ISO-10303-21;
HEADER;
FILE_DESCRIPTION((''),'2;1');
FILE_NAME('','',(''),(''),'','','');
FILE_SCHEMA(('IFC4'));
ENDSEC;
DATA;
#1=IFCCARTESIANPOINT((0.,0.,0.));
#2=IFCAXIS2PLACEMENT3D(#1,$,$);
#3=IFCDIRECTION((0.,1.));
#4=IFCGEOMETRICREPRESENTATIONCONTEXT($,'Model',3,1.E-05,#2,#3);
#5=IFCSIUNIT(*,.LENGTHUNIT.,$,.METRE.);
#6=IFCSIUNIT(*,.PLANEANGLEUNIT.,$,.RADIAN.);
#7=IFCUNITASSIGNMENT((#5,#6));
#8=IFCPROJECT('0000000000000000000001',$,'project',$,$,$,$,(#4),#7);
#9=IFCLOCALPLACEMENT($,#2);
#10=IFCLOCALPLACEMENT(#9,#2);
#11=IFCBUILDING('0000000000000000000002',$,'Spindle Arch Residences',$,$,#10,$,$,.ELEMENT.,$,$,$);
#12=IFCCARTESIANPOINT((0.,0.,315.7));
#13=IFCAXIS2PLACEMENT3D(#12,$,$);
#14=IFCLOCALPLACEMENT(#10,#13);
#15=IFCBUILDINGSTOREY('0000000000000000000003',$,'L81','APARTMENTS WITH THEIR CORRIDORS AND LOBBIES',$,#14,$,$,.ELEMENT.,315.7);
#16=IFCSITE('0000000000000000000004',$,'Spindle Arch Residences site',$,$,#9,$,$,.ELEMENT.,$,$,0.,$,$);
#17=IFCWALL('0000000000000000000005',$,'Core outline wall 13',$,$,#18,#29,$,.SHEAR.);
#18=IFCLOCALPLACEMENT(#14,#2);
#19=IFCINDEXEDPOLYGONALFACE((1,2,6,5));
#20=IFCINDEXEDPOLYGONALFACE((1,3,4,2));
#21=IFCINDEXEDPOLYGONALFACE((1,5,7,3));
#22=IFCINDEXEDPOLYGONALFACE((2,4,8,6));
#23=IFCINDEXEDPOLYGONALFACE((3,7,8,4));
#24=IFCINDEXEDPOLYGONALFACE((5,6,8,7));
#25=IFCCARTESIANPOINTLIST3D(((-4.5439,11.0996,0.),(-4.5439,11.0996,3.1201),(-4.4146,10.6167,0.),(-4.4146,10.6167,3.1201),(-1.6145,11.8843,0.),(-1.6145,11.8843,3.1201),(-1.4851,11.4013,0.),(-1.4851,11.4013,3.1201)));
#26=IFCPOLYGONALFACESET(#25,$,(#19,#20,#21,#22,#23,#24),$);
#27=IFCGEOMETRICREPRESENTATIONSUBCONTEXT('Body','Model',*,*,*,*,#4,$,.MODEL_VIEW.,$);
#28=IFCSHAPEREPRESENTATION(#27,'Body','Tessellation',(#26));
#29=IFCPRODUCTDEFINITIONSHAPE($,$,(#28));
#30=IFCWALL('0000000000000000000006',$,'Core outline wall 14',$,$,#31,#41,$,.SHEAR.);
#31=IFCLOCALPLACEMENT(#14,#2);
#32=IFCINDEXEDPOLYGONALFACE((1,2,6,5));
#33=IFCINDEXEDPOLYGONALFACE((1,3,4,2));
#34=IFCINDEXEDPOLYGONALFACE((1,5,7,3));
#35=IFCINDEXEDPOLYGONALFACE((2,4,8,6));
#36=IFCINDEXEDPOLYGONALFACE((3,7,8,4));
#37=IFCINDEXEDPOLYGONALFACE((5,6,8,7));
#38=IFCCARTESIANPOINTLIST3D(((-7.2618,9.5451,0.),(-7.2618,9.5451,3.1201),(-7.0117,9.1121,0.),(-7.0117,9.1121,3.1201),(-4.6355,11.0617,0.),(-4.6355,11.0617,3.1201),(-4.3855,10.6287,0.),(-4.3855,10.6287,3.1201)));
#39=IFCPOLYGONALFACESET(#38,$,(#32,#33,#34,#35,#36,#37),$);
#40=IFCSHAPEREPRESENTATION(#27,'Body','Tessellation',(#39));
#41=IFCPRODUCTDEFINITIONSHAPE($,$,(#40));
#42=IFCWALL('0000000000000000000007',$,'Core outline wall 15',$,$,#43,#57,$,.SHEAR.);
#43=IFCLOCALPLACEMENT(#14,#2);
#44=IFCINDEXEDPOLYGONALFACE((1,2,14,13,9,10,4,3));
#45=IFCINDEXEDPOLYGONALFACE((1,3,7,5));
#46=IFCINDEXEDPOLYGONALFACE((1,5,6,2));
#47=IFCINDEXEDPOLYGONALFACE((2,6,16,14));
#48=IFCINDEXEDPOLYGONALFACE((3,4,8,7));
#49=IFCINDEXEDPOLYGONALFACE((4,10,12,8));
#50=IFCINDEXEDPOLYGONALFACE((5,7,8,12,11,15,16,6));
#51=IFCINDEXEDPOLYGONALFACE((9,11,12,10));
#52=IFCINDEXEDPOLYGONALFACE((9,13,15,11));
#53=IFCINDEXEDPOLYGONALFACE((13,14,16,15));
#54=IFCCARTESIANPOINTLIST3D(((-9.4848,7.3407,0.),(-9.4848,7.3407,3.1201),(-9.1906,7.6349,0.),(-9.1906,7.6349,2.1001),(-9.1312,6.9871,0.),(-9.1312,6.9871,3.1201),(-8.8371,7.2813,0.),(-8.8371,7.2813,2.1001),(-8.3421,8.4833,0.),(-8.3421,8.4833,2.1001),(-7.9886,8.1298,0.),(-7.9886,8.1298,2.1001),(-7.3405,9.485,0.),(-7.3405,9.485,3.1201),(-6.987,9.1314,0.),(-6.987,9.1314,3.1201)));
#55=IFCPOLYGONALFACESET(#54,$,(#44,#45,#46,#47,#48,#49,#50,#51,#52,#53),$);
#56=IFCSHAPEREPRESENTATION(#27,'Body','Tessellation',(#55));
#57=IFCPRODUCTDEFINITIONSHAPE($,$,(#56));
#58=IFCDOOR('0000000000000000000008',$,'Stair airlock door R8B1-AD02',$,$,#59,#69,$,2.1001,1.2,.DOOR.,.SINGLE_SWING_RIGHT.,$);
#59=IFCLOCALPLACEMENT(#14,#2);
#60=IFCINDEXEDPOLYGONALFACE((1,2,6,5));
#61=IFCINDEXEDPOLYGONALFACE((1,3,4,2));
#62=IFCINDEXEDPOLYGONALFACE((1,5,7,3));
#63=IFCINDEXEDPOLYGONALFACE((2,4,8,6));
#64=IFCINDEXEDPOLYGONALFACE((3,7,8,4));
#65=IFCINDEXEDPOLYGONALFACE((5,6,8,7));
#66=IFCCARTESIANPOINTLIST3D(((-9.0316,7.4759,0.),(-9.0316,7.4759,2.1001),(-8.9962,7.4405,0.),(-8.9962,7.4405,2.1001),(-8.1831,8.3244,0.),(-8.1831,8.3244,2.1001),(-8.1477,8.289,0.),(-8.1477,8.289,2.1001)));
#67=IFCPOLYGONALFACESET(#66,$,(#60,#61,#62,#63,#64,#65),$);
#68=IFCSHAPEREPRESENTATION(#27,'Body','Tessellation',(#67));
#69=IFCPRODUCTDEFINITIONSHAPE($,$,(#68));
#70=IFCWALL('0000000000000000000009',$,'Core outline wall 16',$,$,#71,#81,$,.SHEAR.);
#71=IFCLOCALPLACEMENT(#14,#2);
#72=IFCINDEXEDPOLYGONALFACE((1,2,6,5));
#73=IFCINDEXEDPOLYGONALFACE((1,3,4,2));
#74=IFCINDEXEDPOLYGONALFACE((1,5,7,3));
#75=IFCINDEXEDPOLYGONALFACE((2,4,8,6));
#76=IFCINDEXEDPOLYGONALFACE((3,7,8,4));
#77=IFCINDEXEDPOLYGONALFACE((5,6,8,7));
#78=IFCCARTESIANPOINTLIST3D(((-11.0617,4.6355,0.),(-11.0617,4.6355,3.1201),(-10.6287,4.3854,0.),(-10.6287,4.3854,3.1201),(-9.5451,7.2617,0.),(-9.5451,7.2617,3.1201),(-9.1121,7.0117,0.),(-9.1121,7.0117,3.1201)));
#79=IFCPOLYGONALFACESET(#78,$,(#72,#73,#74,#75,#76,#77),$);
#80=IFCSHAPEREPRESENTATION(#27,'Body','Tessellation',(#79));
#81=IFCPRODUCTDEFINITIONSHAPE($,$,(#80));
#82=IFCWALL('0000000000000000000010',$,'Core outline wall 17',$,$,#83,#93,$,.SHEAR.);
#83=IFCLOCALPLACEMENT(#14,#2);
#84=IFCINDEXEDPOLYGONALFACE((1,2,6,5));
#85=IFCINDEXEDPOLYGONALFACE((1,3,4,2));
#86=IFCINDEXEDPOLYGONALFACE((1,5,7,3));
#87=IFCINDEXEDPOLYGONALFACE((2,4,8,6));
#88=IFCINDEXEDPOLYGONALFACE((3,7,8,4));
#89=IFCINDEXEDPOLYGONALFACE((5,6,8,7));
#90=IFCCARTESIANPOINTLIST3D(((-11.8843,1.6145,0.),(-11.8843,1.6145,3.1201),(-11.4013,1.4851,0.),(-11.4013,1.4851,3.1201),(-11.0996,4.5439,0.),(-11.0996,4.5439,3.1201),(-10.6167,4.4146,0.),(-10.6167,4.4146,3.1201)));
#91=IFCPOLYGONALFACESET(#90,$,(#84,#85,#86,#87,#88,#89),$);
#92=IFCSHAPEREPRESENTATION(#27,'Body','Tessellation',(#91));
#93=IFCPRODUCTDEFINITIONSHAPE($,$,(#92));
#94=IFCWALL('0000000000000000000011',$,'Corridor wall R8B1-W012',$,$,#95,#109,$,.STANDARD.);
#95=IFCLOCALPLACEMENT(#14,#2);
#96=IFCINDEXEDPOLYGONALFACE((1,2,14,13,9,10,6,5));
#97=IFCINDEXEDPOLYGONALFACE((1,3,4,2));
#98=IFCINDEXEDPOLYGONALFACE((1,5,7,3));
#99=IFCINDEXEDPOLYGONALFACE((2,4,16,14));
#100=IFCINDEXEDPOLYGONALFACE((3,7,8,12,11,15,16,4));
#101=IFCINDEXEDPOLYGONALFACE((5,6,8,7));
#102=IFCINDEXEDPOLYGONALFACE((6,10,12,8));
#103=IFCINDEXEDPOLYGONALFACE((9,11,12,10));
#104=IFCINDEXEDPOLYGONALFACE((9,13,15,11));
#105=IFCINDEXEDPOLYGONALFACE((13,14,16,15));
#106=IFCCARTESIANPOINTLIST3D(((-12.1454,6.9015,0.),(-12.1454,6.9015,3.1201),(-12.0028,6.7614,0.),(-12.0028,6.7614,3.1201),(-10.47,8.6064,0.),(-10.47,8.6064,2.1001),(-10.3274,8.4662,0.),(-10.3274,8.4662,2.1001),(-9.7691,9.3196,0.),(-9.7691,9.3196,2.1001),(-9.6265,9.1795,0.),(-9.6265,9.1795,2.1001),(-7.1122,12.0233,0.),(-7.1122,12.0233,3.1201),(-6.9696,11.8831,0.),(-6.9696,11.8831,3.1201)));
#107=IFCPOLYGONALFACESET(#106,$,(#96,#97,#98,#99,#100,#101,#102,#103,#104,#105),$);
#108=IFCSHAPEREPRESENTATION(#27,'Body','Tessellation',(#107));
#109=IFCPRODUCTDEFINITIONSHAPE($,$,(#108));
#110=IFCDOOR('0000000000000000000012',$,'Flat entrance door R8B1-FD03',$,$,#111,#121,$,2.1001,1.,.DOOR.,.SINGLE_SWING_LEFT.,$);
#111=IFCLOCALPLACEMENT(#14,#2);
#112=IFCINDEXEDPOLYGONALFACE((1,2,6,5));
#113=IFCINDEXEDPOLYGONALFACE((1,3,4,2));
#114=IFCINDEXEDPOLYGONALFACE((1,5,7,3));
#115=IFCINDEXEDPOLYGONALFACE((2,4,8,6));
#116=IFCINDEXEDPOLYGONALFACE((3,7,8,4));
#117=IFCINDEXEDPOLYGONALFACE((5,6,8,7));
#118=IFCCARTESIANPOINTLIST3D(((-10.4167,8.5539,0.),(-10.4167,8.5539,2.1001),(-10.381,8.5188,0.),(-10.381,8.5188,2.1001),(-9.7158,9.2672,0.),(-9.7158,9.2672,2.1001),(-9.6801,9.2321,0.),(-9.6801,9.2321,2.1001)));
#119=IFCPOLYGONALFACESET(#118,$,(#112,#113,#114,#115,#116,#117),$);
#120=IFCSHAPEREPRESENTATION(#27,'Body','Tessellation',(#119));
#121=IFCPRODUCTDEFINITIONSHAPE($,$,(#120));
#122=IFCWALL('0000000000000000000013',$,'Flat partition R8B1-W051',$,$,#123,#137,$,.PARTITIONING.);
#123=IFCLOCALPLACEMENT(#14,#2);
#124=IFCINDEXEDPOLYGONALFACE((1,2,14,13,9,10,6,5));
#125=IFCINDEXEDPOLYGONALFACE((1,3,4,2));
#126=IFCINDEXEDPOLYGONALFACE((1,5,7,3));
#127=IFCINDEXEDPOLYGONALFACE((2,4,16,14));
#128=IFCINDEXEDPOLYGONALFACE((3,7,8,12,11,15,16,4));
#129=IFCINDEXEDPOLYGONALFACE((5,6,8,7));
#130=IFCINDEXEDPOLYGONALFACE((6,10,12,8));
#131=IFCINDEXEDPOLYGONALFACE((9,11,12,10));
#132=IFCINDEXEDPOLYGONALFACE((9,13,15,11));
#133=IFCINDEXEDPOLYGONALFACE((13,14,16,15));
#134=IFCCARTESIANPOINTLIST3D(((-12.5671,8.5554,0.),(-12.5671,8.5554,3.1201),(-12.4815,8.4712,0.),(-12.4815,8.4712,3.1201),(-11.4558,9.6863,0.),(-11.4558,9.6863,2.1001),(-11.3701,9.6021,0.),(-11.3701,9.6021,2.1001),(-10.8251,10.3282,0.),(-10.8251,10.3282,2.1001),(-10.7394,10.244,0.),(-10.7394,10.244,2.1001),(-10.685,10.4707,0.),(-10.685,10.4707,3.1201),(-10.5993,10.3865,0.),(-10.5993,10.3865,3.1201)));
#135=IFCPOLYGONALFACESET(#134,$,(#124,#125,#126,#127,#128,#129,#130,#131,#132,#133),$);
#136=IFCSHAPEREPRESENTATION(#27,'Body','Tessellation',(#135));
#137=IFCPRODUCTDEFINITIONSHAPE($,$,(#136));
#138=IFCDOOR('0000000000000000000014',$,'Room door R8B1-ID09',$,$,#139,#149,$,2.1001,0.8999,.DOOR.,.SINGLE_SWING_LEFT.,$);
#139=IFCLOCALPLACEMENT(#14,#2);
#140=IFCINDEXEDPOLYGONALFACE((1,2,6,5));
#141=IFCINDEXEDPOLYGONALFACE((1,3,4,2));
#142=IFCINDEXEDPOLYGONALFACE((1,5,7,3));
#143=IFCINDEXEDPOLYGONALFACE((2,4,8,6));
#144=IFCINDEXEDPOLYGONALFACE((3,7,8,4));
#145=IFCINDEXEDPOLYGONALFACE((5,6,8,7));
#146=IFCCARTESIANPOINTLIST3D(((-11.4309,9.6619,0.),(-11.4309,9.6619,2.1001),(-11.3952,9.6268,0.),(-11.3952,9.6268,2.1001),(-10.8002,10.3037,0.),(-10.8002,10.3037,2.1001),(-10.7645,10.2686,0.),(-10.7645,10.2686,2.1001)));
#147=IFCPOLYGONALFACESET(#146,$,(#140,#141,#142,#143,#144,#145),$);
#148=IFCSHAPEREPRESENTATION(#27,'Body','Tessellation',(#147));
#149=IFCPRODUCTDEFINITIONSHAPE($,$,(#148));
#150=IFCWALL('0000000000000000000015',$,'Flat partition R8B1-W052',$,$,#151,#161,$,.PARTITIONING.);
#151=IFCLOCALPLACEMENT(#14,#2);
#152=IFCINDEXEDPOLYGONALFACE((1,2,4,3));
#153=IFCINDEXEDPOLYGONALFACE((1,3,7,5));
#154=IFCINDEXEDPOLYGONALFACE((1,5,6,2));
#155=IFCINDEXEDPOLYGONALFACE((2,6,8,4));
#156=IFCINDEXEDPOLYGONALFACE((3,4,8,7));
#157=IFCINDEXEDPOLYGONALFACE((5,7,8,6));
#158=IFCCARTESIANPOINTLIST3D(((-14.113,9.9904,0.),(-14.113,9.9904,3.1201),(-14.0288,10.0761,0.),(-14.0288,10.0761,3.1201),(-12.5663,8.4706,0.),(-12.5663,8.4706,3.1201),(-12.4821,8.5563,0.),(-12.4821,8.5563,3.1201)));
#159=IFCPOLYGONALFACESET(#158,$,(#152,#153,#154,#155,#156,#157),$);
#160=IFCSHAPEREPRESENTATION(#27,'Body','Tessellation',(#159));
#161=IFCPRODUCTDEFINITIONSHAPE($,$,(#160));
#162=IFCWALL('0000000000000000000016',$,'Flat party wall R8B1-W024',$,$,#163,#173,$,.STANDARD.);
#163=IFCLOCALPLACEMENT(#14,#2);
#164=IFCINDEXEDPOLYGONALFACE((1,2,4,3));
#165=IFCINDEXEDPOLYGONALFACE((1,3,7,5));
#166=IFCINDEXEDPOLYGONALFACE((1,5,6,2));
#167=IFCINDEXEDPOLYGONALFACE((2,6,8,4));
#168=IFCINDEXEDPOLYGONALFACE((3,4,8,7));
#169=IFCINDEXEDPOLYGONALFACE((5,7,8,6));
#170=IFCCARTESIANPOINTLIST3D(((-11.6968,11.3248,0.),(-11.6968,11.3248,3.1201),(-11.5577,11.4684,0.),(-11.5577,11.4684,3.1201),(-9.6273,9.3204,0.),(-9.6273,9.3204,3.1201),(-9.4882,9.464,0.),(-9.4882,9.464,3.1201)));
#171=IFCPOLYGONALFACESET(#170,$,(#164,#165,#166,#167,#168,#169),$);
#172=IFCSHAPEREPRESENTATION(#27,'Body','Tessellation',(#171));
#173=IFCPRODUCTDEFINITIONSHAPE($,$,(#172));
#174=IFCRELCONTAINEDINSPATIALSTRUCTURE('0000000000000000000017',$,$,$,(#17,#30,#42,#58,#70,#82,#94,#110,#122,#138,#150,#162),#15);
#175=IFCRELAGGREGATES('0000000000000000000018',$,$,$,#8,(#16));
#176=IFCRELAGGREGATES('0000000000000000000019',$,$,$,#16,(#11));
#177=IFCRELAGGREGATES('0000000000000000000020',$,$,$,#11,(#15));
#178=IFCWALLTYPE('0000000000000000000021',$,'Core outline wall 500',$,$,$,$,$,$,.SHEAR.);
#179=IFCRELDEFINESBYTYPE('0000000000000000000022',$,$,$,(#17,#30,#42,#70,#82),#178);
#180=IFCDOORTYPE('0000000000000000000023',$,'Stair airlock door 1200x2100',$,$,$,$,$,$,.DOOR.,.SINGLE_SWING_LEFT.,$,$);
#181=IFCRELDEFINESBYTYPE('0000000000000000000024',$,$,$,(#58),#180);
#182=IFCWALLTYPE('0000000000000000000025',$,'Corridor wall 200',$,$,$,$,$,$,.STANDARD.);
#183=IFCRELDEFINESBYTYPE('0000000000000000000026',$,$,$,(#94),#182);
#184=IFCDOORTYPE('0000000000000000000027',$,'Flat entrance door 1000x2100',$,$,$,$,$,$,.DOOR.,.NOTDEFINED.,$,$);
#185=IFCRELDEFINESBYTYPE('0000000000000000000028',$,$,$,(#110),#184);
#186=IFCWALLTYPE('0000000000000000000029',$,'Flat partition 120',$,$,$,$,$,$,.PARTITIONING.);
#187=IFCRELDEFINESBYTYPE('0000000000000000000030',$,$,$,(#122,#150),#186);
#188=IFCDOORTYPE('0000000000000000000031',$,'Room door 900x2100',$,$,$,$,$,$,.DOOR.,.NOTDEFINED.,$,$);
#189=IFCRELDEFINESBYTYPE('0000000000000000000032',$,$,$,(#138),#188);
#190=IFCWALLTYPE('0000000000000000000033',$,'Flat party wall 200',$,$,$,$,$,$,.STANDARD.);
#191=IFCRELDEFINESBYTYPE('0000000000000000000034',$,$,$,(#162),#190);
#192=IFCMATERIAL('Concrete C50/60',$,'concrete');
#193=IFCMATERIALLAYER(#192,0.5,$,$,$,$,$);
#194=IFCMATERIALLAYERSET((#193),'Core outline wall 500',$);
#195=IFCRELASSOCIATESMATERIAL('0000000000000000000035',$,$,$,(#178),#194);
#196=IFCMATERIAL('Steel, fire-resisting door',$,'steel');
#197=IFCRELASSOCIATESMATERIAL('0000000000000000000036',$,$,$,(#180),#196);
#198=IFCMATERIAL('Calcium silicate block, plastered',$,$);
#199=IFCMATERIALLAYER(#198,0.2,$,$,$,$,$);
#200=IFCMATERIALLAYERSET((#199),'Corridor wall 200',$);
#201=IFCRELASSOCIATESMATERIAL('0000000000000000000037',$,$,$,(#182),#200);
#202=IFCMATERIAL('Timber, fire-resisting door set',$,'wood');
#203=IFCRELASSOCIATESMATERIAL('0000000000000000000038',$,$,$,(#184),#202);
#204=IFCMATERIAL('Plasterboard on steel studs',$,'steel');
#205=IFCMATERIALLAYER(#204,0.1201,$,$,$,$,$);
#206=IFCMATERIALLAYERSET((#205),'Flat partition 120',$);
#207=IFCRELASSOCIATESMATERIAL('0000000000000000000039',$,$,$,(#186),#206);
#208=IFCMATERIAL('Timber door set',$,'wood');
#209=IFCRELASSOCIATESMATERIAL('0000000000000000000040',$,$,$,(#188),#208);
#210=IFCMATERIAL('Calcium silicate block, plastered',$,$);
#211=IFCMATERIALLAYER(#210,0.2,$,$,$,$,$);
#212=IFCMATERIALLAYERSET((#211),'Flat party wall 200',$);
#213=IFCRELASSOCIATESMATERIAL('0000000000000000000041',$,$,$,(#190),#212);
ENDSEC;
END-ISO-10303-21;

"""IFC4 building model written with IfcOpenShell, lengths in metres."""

from ifc_helpers import new_model, si_unit, direction, frame, frame_2d, origin, place, context, subcontext, project, spatial, rectangle, extrude, material, layer, layer_set, type_object, element, fill, save


model = new_model("IFC4")

# Units and contexts
model_context = context("Model", 3, precision=1e-05, world=origin(), true_north=direction((0.0, 1.0)))
body_context = subcontext(model_context, "Body", "Model", "MODEL_VIEW")
ifc_project = project(units=[si_unit("LENGTHUNIT", "METRE"), si_unit("PLANEANGLEUNIT", "RADIAN")], contexts=[model_context])

# Site, building, storey
site_placement = place(None, origin())
site = spatial("IfcSite", under=ifc_project, at=site_placement, Name="Spindle Arch Residences site", CompositionType="ELEMENT", RefElevation=0.0)
building_placement = place(site_placement, origin())
building = spatial("IfcBuilding", under=site, at=building_placement, Name="Spindle Arch Residences", CompositionType="ELEMENT")
storey_placement = place(building_placement, frame((0.0, 0.0, 315.7)))
storey = spatial("IfcBuildingStorey", under=building, at=storey_placement, Name="L81", Description="APARTMENTS WITH THEIR CORRIDORS AND LOBBIES", CompositionType="ELEMENT", Elevation=315.7)

# Walls
ifc_material_1 = material(Name="Concrete C50/60", Category="concrete")
ifc_layer_1 = layer(ifc_material_1, 0.5)
ifc_layer_set_1 = layer_set([ifc_layer_1], Name="Core outline wall 500")
wall_type_1 = type_object("IfcWallType", Name="Core outline wall 500", PredefinedType="SHEAR", material=ifc_layer_set_1)
for number, where, z_axis, x_axis, name in (
    (1, (-1.5498, 11.6428, 0.0), (0.0, 0.0, 1.0), (-0.965948, -0.258735, 0.0), "Core outline wall 13"),
    (2, (-4.5105, 10.8452, 0.0), (0.0, 0.0, 1.0), (-0.865975, -0.500087, 0.0), "Core outline wall 14"),
):
    element("IfcWall", number, at=place(storey_placement, frame(where, z_axis=z_axis, x_axis=x_axis)), inside=storey, type_object=wall_type_1, Name=name, PredefinedType="SHEAR", context=body_context, shape_type="SweptSolid", body=[
        extrude(rectangle(XDim=3.0327, YDim=0.5, at=frame_2d((1.5164, 0.0))), origin(), (0.0, 0.0, 1.0), 3.1201),
    ])

# Wall, opening, door
wall_1_placement = place(storey_placement, frame((-7.1638, 9.3081, 0.0), z_axis=(0.0, 0.0, 1.0), x_axis=(-0.707107, -0.707107, 0.0)))
wall_1 = element("IfcWall", 3, at=wall_1_placement, inside=storey, type_object=wall_type_1, Name="Core outline wall 15", PredefinedType="SHEAR", context=body_context, shape_type="SweptSolid", body=[
    extrude(rectangle(XDim=3.0325, YDim=0.5, at=frame_2d((1.5161, 0.0))), origin(), (0.0, 0.0, 1.0), 3.1201),
])
opening_1_placement = place(wall_1_placement, frame((1.4163, 0.0, 0.0)))
opening_1 = element("IfcOpeningElement", 4, at=opening_1_placement, cuts=wall_1, PredefinedType="OPENING", context=body_context, shape_type="SweptSolid", body=[
    extrude(rectangle(XDim=1.2, YDim=2.1001, at=frame_2d((0.6001, 1.05))), frame((0.0, 0.26, 0.0), z_axis=(0.0, -1.0, 0.0), x_axis=(1.0, 0.0, 0.0)), (0.0, 0.0, 1.0), 0.52),
])
ifc_material_2 = material(Name="Steel, fire-resisting door", Category="steel")
door_type_1 = type_object("IfcDoorType", Name="Stair airlock door 1200x2100", OperationType="SINGLE_SWING_LEFT", PredefinedType="DOOR", material=ifc_material_2)
door_1_placement = place(opening_1_placement, origin())
door_1 = element("IfcDoor", 5, at=door_1_placement, inside=storey, type_object=door_type_1, Name="Stair airlock door R8B1-AD02", OperationType="SINGLE_SWING_RIGHT", OverallHeight=2.1001, OverallWidth=1.2, PredefinedType="DOOR", context=body_context, shape_type="SweptSolid", body=[
    extrude(rectangle(XDim=1.2, YDim=2.1001, at=frame_2d((0.6001, 1.05))), frame((0.0, 0.0249, 0.0), z_axis=(0.0, -1.0, 0.0), x_axis=(1.0, 0.0, 0.0)), (0.0, 0.0, 1.0), 0.05),
])
fill(opening_1, door_1)

# Walls
for number, where, z_axis, x_axis, name in (
    (6, (-9.3286, 7.1367, 0.0), (0.0, 0.0, 1.0), (-0.500087, -0.865975, 0.0), "Core outline wall 16"),
    (7, (-10.8582, 4.4792, 0.0), (0.0, 0.0, 1.0), (-0.258735, -0.965948, 0.0), "Core outline wall 17"),
):
    element("IfcWall", number, at=place(storey_placement, frame(where, z_axis=z_axis, x_axis=x_axis)), inside=storey, type_object=wall_type_1, Name=name, PredefinedType="SHEAR", context=body_context, shape_type="SweptSolid", body=[
        extrude(rectangle(XDim=3.0327, YDim=0.5, at=frame_2d((1.5164, 0.0))), origin(), (0.0, 0.0, 1.0), 3.1201),
    ])

# Walls, openings, doors
ifc_material_3 = material(Name="Calcium silicate block, plastered")
ifc_layer_2 = layer(ifc_material_3, 0.2)
ifc_layer_set_2 = layer_set([ifc_layer_2], Name="Corridor wall 200")
wall_type_2 = type_object("IfcWallType", Name="Corridor wall 200", PredefinedType="STANDARD", material=ifc_layer_set_2)
wall_2_placement = place(storey_placement, frame((-7.041, 11.9531, 0.0), z_axis=(0.0, 0.0, 1.0), x_axis=(-0.700909, -0.713251, 0.0)))
wall_2 = element("IfcWall", 8, at=wall_2_placement, inside=storey, type_object=wall_type_2, Name="Corridor wall R8B1-W012", PredefinedType="STANDARD", context=body_context, shape_type="SweptSolid", body=[
    extrude(rectangle(XDim=7.1809, YDim=0.2, at=frame_2d((3.5903, 0.0))), origin(), (0.0, 0.0, 1.0), 3.1201),
])
opening_2_placement = place(wall_2_placement, frame((3.7905, 0.0, 0.0)))
opening_2 = element("IfcOpeningElement", 9, at=opening_2_placement, cuts=wall_2, PredefinedType="OPENING", context=body_context, shape_type="SweptSolid", body=[
    extrude(rectangle(XDim=1.0, YDim=2.1001, at=frame_2d((0.5, 1.05))), frame((0.0, 0.1099, 0.0), z_axis=(0.0, -1.0, 0.0), x_axis=(1.0, 0.0, 0.0)), (0.0, 0.0, 1.0), 0.22),
])
ifc_material_4 = material(Name="Timber, fire-resisting door set", Category="wood")
door_type_2 = type_object("IfcDoorType", Name="Flat entrance door 1000x2100", OperationType="NOTDEFINED", PredefinedType="DOOR", material=ifc_material_4)
door_2_placement = place(opening_2_placement, origin())
door_2 = element("IfcDoor", 10, at=door_2_placement, inside=storey, type_object=door_type_2, Name="Flat entrance door R8B1-FD03", OperationType="SINGLE_SWING_LEFT", OverallHeight=2.1001, OverallWidth=1.0, PredefinedType="DOOR", context=body_context, shape_type="SweptSolid", body=[
    extrude(rectangle(XDim=1.0, YDim=2.1001, at=frame_2d((0.5, 1.05))), frame((0.0, 0.0249, 0.0), z_axis=(0.0, -1.0, 0.0), x_axis=(1.0, 0.0, 0.0)), (0.0, 0.0, 1.0), 0.05),
])
fill(opening_2, door_2)
ifc_material_5 = material(Name="Plasterboard on steel studs", Category="steel")
ifc_layer_3 = layer(ifc_material_5, 0.1201)
ifc_layer_set_3 = layer_set([ifc_layer_3], Name="Flat partition 120")
wall_type_3 = type_object("IfcWallType", Name="Flat partition 120", PredefinedType="PARTITIONING", material=ifc_layer_set_3)
wall_3_placement = place(storey_placement, frame((-10.6421, 10.4287, 0.0), z_axis=(0.0, 0.0, 1.0), x_axis=(-0.700897, -0.713262, 0.0)))
wall_3 = element("IfcWall", 11, at=wall_3_placement, inside=storey, type_object=wall_type_3, Name="Flat partition R8B1-W051", PredefinedType="PARTITIONING", context=body_context, shape_type="SweptSolid", body=[
    extrude(rectangle(XDim=2.6853, YDim=0.1201, at=frame_2d((1.3428, 0.0))), origin(), (0.0, 0.0, 1.0), 3.1201),
])
opening_3_placement = place(wall_3_placement, frame((0.2, 0.0, 0.0)))
opening_3 = element("IfcOpeningElement", 12, at=opening_3_placement, cuts=wall_3, PredefinedType="OPENING", context=body_context, shape_type="SweptSolid", body=[
    extrude(rectangle(XDim=0.8999, YDim=2.1001, at=frame_2d((0.45, 1.05))), frame((0.0, 0.0701, 0.0), z_axis=(0.0, -1.0, 0.0), x_axis=(1.0, 0.0, 0.0)), (0.0, 0.0, 1.0), 0.1401),
])
ifc_material_6 = material(Name="Timber door set", Category="wood")
door_type_3 = type_object("IfcDoorType", Name="Room door 900x2100", OperationType="NOTDEFINED", PredefinedType="DOOR", material=ifc_material_6)
door_3_placement = place(opening_3_placement, origin())
door_3 = element("IfcDoor", 13, at=door_3_placement, inside=storey, type_object=door_type_3, Name="Room door R8B1-ID09", OperationType="SINGLE_SWING_LEFT", OverallHeight=2.1001, OverallWidth=0.8999, PredefinedType="DOOR", context=body_context, shape_type="SweptSolid", body=[
    extrude(rectangle(XDim=0.8999, YDim=2.1001, at=frame_2d((0.45, 1.05))), frame((0.0, 0.0249, 0.0), z_axis=(0.0, -1.0, 0.0), x_axis=(1.0, 0.0, 0.0)), (0.0, 0.0, 1.0), 0.05),
])
fill(opening_3, door_3)

# Walls
wall_4_placement = place(storey_placement, frame((-12.5242, 8.5134, 0.0), z_axis=(0.0, 0.0, 1.0), x_axis=(-0.713272, 0.700887, 0.0)))
element("IfcWall", 14, at=wall_4_placement, inside=storey, type_object=wall_type_3, Name="Flat partition R8B1-W052", PredefinedType="PARTITIONING", context=body_context, shape_type="SweptSolid", body=[
    extrude(rectangle(XDim=2.1685, YDim=0.1201, at=frame_2d((1.0842, 0.0))), origin(), (0.0, 0.0, 1.0), 3.1201),
])
ifc_material_7 = material(Name="Calcium silicate block, plastered")
ifc_layer_4 = layer(ifc_material_7, 0.2)
ifc_layer_set_4 = layer_set([ifc_layer_4], Name="Flat party wall 200")
wall_type_4 = type_object("IfcWallType", Name="Flat party wall 200", PredefinedType="STANDARD", material=ifc_layer_set_4)
wall_5_placement = place(storey_placement, frame((-11.6272, 11.3965, 0.0), z_axis=(0.0, 0.0, 1.0), x_axis=(0.718329, -0.695704, 0.0)))
element("IfcWall", 15, at=wall_5_placement, inside=storey, type_object=wall_type_4, Name="Flat party wall R8B1-W024", PredefinedType="STANDARD", context=body_context, shape_type="SweptSolid", body=[
    extrude(rectangle(XDim=2.8811, YDim=0.2, at=frame_2d((1.4404, 0.0))), origin(), (0.0, 0.0, 1.0), 3.1201),
])

save(model, "model.ifc")
